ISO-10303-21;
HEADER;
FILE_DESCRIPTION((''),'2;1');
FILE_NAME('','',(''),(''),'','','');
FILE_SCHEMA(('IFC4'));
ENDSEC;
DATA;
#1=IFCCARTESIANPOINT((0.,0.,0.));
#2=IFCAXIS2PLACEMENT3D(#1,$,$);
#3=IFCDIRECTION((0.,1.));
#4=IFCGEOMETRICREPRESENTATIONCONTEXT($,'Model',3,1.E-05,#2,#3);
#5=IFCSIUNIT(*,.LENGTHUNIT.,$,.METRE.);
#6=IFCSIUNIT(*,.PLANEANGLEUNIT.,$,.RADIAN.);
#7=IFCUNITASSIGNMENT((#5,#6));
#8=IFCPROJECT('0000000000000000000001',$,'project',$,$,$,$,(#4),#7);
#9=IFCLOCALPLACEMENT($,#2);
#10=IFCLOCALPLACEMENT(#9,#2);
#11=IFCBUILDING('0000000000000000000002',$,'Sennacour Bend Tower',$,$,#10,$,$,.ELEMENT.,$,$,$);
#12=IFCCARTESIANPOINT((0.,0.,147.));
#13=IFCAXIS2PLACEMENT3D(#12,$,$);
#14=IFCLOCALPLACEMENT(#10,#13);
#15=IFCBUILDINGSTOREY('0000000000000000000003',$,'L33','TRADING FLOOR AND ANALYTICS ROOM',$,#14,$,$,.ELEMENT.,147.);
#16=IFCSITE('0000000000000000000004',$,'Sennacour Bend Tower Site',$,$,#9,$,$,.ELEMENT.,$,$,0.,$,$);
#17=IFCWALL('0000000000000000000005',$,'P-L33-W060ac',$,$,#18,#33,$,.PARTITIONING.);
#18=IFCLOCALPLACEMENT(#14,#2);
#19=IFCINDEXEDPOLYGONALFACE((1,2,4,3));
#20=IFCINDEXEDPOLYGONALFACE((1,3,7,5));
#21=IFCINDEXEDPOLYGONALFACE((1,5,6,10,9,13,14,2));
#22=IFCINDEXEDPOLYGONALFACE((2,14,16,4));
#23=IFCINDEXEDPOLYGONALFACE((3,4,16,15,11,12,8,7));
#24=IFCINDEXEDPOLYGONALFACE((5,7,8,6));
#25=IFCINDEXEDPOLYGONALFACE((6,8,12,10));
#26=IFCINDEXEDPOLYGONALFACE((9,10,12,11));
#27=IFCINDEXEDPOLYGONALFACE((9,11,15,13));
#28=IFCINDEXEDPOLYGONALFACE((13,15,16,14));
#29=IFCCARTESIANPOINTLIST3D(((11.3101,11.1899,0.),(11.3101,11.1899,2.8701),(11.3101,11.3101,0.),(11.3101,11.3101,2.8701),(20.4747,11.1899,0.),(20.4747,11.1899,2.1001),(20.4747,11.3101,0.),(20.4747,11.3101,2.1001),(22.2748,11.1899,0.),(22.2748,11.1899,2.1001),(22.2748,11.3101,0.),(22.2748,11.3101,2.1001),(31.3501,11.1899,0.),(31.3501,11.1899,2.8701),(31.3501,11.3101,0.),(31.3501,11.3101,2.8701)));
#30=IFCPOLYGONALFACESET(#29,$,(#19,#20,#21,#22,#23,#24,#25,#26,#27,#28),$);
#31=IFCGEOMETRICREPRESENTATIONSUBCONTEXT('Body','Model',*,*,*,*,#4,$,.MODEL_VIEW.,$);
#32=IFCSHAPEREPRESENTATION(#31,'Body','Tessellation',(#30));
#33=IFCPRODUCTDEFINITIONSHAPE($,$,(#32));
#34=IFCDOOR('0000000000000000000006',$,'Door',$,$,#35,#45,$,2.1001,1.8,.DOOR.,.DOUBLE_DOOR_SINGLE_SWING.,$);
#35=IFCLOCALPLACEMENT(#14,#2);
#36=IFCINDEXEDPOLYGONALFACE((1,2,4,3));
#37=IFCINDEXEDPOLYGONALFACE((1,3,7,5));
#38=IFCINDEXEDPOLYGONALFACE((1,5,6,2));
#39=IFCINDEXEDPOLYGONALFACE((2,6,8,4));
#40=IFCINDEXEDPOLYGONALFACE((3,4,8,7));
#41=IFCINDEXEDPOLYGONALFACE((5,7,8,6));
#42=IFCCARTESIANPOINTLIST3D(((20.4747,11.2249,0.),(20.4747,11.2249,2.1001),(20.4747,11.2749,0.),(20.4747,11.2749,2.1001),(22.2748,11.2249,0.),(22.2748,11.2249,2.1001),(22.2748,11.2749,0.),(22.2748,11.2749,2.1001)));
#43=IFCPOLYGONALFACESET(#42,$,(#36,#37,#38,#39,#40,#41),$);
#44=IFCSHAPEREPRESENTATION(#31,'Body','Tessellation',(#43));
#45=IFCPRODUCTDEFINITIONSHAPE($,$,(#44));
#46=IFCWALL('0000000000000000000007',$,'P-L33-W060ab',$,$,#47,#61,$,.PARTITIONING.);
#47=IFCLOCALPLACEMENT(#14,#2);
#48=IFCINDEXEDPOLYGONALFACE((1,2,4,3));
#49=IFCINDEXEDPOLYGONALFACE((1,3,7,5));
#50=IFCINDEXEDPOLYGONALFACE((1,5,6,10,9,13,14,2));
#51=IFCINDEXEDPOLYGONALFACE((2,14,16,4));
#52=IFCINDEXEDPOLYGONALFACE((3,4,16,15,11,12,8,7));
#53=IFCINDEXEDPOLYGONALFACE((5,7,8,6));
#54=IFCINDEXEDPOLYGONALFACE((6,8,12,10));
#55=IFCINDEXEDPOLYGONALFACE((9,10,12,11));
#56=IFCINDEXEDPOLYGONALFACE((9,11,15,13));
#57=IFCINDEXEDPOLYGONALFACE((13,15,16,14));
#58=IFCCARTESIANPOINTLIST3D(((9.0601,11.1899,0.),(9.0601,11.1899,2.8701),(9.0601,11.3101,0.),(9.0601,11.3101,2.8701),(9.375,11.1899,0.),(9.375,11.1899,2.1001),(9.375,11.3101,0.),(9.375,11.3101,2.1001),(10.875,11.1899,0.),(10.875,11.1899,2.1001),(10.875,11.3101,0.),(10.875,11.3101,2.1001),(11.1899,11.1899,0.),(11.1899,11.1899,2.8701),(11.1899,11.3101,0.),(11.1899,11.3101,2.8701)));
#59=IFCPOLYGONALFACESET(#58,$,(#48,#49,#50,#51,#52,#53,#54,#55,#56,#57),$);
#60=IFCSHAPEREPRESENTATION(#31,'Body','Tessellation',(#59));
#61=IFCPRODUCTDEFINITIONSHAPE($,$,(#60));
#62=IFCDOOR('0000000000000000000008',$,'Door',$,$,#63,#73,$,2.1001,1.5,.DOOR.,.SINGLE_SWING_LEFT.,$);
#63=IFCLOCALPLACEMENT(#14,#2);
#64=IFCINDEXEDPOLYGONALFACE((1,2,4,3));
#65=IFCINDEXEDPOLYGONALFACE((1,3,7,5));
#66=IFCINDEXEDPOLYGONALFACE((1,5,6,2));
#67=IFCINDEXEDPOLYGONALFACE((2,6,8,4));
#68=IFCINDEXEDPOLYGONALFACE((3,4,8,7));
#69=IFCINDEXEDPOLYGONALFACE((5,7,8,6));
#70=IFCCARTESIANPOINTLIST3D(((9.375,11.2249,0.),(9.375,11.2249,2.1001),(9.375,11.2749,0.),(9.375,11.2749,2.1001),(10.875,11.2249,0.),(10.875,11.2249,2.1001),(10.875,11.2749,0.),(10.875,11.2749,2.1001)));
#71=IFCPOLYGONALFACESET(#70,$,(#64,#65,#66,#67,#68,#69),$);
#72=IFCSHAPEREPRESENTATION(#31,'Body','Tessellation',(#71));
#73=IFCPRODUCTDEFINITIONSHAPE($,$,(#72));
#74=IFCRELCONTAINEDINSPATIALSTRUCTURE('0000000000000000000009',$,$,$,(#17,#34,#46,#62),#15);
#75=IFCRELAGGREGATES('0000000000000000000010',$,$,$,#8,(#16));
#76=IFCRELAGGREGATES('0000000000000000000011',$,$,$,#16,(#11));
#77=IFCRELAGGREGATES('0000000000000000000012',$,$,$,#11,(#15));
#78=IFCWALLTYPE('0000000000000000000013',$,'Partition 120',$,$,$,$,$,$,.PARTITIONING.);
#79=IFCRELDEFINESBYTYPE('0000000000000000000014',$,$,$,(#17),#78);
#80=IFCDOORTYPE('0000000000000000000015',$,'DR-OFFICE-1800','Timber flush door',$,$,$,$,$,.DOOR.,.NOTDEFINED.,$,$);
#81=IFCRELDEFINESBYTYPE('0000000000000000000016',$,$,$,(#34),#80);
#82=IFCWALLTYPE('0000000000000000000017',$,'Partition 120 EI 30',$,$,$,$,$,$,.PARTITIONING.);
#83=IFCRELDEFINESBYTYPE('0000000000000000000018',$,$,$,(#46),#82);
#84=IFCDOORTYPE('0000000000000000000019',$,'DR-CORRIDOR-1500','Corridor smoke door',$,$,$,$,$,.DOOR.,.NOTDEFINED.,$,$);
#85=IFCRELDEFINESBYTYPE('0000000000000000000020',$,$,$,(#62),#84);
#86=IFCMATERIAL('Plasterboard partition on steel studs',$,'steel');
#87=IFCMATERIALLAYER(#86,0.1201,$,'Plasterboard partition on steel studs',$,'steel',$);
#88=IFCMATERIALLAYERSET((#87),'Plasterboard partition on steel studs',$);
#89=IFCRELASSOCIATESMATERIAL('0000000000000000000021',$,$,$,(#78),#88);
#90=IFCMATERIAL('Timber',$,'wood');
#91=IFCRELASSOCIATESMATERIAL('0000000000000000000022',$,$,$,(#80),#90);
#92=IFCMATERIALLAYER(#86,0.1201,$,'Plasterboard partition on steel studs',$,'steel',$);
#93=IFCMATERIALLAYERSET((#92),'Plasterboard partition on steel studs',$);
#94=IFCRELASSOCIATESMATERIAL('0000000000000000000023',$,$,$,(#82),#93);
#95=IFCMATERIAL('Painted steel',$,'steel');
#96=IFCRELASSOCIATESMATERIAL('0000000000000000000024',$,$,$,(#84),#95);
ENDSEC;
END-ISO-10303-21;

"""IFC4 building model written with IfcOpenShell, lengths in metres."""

from ifc_helpers import new_model, si_unit, direction, frame, frame_2d, origin, place, context, subcontext, project, spatial, rectangle, extrude, material, layer, layer_set, type_object, element, fill, save


model = new_model("IFC4")

# Units and contexts
model_context = context("Model", 3, precision=1e-05, world=origin(), true_north=direction((0.0, 1.0)))
body_context = subcontext(model_context, "Body", "Model", "MODEL_VIEW")
ifc_project = project(units=[si_unit("LENGTHUNIT", "METRE"), si_unit("PLANEANGLEUNIT", "RADIAN")], contexts=[model_context])

# Site, building, storey
site_placement = place(None, origin())
site = spatial("IfcSite", under=ifc_project, at=site_placement, Name="Sennacour Bend Tower Site", CompositionType="ELEMENT", RefElevation=0.0)
building_placement = place(site_placement, origin())
building = spatial("IfcBuilding", under=site, at=building_placement, Name="Sennacour Bend Tower", CompositionType="ELEMENT")
storey_placement = place(building_placement, frame((0.0, 0.0, 147.0)))
storey = spatial("IfcBuildingStorey", under=building, at=storey_placement, Name="L33", Description="TRADING FLOOR AND ANALYTICS ROOM", CompositionType="ELEMENT", Elevation=147.0)

# Shared definitions
ifc_material_1 = material(Name="Plasterboard partition on steel studs", Category="steel")
ifc_layer_1 = layer(ifc_material_1, 0.1201, Name="Plasterboard partition on steel studs", Category="steel")
ifc_layer_set_1 = layer_set([ifc_layer_1], Name="Plasterboard partition on steel studs")
wall_type_1 = type_object("IfcWallType", Name="Partition 120", PredefinedType="PARTITIONING", material=ifc_layer_set_1)

# Shared definitions
ifc_material_2 = material(Name="Timber", Category="wood")
door_type_1 = type_object("IfcDoorType", Name="DR-OFFICE-1800", Description="Timber flush door", OperationType="NOTDEFINED", PredefinedType="DOOR", material=ifc_material_2)

# Walls, openings, doors
wall_1_placement = place(storey_placement, frame((11.3101, 11.25, 0.0), z_axis=(0.0, 0.0, 1.0), x_axis=(1.0, 0.0, 0.0)))
wall_1 = element("IfcWall", 1, at=wall_1_placement, inside=storey, type_object=wall_type_1, Name="P-L33-W060ac", PredefinedType="PARTITIONING", context=body_context, shape_type="SweptSolid", body=[
    extrude(rectangle(XDim=20.04, YDim=0.1201, at=frame_2d((10.02, 0.0))), origin(), (0.0, 0.0, 1.0), 2.8701),
])
opening_1_placement = place(wall_1_placement, frame((9.1648, 0.0, 0.0)))
opening_1 = element("IfcOpeningElement", 2, at=opening_1_placement, cuts=wall_1, PredefinedType="OPENING", context=body_context, shape_type="SweptSolid", body=[
    extrude(rectangle(XDim=1.8, YDim=2.1001, at=frame_2d((0.8999, 1.05))), frame((0.0, 0.0701, 0.0), z_axis=(0.0, -1.0, 0.0), x_axis=(1.0, 0.0, 0.0)), (0.0, 0.0, 1.0), 0.1401),
])
door_1_placement = place(opening_1_placement, origin())
door_1 = element("IfcDoor", 3, at=door_1_placement, inside=storey, type_object=door_type_1, Name="Door", OperationType="DOUBLE_DOOR_SINGLE_SWING", OverallHeight=2.1001, OverallWidth=1.8, PredefinedType="DOOR", context=body_context, shape_type="SweptSolid", body=[
    extrude(rectangle(XDim=1.8, YDim=2.1001, at=frame_2d((0.8999, 1.05))), frame((0.0, 0.0249, 0.0), z_axis=(0.0, -1.0, 0.0), x_axis=(1.0, 0.0, 0.0)), (0.0, 0.0, 1.0), 0.05),
])
fill(opening_1, door_1)
ifc_layer_2 = layer(ifc_material_1, 0.1201, Name="Plasterboard partition on steel studs", Category="steel")
ifc_layer_set_2 = layer_set([ifc_layer_2], Name="Plasterboard partition on steel studs")
wall_type_2 = type_object("IfcWallType", Name="Partition 120 EI 30", PredefinedType="PARTITIONING", material=ifc_layer_set_2)
wall_2_placement = place(storey_placement, frame((9.0601, 11.25, 0.0), z_axis=(0.0, 0.0, 1.0), x_axis=(1.0, 0.0, 0.0)))
wall_2 = element("IfcWall", 4, at=wall_2_placement, inside=storey, type_object=wall_type_2, Name="P-L33-W060ab", PredefinedType="PARTITIONING", context=body_context, shape_type="SweptSolid", body=[
    extrude(rectangle(XDim=2.1299, YDim=0.1201, at=frame_2d((1.0649, 0.0))), origin(), (0.0, 0.0, 1.0), 2.8701),
])
opening_2_placement = place(wall_2_placement, frame((0.3149, 0.0, 0.0)))
opening_2 = element("IfcOpeningElement", 5, at=opening_2_placement, cuts=wall_2, PredefinedType="OPENING", context=body_context, shape_type="SweptSolid", body=[
    extrude(rectangle(XDim=1.5, YDim=2.1001, at=frame_2d((0.75, 1.05))), frame((0.0, 0.0701, 0.0), z_axis=(0.0, -1.0, 0.0), x_axis=(1.0, 0.0, 0.0)), (0.0, 0.0, 1.0), 0.1401),
])
ifc_material_3 = material(Name="Painted steel", Category="steel")
door_type_2 = type_object("IfcDoorType", Name="DR-CORRIDOR-1500", Description="Corridor smoke door", OperationType="NOTDEFINED", PredefinedType="DOOR", material=ifc_material_3)
door_2_placement = place(opening_2_placement, origin())
door_2 = element("IfcDoor", 6, at=door_2_placement, inside=storey, type_object=door_type_2, Name="Door", OperationType="SINGLE_SWING_LEFT", OverallHeight=2.1001, OverallWidth=1.5, PredefinedType="DOOR", context=body_context, shape_type="SweptSolid", body=[
    extrude(rectangle(XDim=1.5, YDim=2.1001, at=frame_2d((0.75, 1.05))), frame((0.0, 0.0249, 0.0), z_axis=(0.0, -1.0, 0.0), x_axis=(1.0, 0.0, 0.0)), (0.0, 0.0, 1.0), 0.05),
])
fill(opening_2, door_2)

save(model, "model.ifc")
